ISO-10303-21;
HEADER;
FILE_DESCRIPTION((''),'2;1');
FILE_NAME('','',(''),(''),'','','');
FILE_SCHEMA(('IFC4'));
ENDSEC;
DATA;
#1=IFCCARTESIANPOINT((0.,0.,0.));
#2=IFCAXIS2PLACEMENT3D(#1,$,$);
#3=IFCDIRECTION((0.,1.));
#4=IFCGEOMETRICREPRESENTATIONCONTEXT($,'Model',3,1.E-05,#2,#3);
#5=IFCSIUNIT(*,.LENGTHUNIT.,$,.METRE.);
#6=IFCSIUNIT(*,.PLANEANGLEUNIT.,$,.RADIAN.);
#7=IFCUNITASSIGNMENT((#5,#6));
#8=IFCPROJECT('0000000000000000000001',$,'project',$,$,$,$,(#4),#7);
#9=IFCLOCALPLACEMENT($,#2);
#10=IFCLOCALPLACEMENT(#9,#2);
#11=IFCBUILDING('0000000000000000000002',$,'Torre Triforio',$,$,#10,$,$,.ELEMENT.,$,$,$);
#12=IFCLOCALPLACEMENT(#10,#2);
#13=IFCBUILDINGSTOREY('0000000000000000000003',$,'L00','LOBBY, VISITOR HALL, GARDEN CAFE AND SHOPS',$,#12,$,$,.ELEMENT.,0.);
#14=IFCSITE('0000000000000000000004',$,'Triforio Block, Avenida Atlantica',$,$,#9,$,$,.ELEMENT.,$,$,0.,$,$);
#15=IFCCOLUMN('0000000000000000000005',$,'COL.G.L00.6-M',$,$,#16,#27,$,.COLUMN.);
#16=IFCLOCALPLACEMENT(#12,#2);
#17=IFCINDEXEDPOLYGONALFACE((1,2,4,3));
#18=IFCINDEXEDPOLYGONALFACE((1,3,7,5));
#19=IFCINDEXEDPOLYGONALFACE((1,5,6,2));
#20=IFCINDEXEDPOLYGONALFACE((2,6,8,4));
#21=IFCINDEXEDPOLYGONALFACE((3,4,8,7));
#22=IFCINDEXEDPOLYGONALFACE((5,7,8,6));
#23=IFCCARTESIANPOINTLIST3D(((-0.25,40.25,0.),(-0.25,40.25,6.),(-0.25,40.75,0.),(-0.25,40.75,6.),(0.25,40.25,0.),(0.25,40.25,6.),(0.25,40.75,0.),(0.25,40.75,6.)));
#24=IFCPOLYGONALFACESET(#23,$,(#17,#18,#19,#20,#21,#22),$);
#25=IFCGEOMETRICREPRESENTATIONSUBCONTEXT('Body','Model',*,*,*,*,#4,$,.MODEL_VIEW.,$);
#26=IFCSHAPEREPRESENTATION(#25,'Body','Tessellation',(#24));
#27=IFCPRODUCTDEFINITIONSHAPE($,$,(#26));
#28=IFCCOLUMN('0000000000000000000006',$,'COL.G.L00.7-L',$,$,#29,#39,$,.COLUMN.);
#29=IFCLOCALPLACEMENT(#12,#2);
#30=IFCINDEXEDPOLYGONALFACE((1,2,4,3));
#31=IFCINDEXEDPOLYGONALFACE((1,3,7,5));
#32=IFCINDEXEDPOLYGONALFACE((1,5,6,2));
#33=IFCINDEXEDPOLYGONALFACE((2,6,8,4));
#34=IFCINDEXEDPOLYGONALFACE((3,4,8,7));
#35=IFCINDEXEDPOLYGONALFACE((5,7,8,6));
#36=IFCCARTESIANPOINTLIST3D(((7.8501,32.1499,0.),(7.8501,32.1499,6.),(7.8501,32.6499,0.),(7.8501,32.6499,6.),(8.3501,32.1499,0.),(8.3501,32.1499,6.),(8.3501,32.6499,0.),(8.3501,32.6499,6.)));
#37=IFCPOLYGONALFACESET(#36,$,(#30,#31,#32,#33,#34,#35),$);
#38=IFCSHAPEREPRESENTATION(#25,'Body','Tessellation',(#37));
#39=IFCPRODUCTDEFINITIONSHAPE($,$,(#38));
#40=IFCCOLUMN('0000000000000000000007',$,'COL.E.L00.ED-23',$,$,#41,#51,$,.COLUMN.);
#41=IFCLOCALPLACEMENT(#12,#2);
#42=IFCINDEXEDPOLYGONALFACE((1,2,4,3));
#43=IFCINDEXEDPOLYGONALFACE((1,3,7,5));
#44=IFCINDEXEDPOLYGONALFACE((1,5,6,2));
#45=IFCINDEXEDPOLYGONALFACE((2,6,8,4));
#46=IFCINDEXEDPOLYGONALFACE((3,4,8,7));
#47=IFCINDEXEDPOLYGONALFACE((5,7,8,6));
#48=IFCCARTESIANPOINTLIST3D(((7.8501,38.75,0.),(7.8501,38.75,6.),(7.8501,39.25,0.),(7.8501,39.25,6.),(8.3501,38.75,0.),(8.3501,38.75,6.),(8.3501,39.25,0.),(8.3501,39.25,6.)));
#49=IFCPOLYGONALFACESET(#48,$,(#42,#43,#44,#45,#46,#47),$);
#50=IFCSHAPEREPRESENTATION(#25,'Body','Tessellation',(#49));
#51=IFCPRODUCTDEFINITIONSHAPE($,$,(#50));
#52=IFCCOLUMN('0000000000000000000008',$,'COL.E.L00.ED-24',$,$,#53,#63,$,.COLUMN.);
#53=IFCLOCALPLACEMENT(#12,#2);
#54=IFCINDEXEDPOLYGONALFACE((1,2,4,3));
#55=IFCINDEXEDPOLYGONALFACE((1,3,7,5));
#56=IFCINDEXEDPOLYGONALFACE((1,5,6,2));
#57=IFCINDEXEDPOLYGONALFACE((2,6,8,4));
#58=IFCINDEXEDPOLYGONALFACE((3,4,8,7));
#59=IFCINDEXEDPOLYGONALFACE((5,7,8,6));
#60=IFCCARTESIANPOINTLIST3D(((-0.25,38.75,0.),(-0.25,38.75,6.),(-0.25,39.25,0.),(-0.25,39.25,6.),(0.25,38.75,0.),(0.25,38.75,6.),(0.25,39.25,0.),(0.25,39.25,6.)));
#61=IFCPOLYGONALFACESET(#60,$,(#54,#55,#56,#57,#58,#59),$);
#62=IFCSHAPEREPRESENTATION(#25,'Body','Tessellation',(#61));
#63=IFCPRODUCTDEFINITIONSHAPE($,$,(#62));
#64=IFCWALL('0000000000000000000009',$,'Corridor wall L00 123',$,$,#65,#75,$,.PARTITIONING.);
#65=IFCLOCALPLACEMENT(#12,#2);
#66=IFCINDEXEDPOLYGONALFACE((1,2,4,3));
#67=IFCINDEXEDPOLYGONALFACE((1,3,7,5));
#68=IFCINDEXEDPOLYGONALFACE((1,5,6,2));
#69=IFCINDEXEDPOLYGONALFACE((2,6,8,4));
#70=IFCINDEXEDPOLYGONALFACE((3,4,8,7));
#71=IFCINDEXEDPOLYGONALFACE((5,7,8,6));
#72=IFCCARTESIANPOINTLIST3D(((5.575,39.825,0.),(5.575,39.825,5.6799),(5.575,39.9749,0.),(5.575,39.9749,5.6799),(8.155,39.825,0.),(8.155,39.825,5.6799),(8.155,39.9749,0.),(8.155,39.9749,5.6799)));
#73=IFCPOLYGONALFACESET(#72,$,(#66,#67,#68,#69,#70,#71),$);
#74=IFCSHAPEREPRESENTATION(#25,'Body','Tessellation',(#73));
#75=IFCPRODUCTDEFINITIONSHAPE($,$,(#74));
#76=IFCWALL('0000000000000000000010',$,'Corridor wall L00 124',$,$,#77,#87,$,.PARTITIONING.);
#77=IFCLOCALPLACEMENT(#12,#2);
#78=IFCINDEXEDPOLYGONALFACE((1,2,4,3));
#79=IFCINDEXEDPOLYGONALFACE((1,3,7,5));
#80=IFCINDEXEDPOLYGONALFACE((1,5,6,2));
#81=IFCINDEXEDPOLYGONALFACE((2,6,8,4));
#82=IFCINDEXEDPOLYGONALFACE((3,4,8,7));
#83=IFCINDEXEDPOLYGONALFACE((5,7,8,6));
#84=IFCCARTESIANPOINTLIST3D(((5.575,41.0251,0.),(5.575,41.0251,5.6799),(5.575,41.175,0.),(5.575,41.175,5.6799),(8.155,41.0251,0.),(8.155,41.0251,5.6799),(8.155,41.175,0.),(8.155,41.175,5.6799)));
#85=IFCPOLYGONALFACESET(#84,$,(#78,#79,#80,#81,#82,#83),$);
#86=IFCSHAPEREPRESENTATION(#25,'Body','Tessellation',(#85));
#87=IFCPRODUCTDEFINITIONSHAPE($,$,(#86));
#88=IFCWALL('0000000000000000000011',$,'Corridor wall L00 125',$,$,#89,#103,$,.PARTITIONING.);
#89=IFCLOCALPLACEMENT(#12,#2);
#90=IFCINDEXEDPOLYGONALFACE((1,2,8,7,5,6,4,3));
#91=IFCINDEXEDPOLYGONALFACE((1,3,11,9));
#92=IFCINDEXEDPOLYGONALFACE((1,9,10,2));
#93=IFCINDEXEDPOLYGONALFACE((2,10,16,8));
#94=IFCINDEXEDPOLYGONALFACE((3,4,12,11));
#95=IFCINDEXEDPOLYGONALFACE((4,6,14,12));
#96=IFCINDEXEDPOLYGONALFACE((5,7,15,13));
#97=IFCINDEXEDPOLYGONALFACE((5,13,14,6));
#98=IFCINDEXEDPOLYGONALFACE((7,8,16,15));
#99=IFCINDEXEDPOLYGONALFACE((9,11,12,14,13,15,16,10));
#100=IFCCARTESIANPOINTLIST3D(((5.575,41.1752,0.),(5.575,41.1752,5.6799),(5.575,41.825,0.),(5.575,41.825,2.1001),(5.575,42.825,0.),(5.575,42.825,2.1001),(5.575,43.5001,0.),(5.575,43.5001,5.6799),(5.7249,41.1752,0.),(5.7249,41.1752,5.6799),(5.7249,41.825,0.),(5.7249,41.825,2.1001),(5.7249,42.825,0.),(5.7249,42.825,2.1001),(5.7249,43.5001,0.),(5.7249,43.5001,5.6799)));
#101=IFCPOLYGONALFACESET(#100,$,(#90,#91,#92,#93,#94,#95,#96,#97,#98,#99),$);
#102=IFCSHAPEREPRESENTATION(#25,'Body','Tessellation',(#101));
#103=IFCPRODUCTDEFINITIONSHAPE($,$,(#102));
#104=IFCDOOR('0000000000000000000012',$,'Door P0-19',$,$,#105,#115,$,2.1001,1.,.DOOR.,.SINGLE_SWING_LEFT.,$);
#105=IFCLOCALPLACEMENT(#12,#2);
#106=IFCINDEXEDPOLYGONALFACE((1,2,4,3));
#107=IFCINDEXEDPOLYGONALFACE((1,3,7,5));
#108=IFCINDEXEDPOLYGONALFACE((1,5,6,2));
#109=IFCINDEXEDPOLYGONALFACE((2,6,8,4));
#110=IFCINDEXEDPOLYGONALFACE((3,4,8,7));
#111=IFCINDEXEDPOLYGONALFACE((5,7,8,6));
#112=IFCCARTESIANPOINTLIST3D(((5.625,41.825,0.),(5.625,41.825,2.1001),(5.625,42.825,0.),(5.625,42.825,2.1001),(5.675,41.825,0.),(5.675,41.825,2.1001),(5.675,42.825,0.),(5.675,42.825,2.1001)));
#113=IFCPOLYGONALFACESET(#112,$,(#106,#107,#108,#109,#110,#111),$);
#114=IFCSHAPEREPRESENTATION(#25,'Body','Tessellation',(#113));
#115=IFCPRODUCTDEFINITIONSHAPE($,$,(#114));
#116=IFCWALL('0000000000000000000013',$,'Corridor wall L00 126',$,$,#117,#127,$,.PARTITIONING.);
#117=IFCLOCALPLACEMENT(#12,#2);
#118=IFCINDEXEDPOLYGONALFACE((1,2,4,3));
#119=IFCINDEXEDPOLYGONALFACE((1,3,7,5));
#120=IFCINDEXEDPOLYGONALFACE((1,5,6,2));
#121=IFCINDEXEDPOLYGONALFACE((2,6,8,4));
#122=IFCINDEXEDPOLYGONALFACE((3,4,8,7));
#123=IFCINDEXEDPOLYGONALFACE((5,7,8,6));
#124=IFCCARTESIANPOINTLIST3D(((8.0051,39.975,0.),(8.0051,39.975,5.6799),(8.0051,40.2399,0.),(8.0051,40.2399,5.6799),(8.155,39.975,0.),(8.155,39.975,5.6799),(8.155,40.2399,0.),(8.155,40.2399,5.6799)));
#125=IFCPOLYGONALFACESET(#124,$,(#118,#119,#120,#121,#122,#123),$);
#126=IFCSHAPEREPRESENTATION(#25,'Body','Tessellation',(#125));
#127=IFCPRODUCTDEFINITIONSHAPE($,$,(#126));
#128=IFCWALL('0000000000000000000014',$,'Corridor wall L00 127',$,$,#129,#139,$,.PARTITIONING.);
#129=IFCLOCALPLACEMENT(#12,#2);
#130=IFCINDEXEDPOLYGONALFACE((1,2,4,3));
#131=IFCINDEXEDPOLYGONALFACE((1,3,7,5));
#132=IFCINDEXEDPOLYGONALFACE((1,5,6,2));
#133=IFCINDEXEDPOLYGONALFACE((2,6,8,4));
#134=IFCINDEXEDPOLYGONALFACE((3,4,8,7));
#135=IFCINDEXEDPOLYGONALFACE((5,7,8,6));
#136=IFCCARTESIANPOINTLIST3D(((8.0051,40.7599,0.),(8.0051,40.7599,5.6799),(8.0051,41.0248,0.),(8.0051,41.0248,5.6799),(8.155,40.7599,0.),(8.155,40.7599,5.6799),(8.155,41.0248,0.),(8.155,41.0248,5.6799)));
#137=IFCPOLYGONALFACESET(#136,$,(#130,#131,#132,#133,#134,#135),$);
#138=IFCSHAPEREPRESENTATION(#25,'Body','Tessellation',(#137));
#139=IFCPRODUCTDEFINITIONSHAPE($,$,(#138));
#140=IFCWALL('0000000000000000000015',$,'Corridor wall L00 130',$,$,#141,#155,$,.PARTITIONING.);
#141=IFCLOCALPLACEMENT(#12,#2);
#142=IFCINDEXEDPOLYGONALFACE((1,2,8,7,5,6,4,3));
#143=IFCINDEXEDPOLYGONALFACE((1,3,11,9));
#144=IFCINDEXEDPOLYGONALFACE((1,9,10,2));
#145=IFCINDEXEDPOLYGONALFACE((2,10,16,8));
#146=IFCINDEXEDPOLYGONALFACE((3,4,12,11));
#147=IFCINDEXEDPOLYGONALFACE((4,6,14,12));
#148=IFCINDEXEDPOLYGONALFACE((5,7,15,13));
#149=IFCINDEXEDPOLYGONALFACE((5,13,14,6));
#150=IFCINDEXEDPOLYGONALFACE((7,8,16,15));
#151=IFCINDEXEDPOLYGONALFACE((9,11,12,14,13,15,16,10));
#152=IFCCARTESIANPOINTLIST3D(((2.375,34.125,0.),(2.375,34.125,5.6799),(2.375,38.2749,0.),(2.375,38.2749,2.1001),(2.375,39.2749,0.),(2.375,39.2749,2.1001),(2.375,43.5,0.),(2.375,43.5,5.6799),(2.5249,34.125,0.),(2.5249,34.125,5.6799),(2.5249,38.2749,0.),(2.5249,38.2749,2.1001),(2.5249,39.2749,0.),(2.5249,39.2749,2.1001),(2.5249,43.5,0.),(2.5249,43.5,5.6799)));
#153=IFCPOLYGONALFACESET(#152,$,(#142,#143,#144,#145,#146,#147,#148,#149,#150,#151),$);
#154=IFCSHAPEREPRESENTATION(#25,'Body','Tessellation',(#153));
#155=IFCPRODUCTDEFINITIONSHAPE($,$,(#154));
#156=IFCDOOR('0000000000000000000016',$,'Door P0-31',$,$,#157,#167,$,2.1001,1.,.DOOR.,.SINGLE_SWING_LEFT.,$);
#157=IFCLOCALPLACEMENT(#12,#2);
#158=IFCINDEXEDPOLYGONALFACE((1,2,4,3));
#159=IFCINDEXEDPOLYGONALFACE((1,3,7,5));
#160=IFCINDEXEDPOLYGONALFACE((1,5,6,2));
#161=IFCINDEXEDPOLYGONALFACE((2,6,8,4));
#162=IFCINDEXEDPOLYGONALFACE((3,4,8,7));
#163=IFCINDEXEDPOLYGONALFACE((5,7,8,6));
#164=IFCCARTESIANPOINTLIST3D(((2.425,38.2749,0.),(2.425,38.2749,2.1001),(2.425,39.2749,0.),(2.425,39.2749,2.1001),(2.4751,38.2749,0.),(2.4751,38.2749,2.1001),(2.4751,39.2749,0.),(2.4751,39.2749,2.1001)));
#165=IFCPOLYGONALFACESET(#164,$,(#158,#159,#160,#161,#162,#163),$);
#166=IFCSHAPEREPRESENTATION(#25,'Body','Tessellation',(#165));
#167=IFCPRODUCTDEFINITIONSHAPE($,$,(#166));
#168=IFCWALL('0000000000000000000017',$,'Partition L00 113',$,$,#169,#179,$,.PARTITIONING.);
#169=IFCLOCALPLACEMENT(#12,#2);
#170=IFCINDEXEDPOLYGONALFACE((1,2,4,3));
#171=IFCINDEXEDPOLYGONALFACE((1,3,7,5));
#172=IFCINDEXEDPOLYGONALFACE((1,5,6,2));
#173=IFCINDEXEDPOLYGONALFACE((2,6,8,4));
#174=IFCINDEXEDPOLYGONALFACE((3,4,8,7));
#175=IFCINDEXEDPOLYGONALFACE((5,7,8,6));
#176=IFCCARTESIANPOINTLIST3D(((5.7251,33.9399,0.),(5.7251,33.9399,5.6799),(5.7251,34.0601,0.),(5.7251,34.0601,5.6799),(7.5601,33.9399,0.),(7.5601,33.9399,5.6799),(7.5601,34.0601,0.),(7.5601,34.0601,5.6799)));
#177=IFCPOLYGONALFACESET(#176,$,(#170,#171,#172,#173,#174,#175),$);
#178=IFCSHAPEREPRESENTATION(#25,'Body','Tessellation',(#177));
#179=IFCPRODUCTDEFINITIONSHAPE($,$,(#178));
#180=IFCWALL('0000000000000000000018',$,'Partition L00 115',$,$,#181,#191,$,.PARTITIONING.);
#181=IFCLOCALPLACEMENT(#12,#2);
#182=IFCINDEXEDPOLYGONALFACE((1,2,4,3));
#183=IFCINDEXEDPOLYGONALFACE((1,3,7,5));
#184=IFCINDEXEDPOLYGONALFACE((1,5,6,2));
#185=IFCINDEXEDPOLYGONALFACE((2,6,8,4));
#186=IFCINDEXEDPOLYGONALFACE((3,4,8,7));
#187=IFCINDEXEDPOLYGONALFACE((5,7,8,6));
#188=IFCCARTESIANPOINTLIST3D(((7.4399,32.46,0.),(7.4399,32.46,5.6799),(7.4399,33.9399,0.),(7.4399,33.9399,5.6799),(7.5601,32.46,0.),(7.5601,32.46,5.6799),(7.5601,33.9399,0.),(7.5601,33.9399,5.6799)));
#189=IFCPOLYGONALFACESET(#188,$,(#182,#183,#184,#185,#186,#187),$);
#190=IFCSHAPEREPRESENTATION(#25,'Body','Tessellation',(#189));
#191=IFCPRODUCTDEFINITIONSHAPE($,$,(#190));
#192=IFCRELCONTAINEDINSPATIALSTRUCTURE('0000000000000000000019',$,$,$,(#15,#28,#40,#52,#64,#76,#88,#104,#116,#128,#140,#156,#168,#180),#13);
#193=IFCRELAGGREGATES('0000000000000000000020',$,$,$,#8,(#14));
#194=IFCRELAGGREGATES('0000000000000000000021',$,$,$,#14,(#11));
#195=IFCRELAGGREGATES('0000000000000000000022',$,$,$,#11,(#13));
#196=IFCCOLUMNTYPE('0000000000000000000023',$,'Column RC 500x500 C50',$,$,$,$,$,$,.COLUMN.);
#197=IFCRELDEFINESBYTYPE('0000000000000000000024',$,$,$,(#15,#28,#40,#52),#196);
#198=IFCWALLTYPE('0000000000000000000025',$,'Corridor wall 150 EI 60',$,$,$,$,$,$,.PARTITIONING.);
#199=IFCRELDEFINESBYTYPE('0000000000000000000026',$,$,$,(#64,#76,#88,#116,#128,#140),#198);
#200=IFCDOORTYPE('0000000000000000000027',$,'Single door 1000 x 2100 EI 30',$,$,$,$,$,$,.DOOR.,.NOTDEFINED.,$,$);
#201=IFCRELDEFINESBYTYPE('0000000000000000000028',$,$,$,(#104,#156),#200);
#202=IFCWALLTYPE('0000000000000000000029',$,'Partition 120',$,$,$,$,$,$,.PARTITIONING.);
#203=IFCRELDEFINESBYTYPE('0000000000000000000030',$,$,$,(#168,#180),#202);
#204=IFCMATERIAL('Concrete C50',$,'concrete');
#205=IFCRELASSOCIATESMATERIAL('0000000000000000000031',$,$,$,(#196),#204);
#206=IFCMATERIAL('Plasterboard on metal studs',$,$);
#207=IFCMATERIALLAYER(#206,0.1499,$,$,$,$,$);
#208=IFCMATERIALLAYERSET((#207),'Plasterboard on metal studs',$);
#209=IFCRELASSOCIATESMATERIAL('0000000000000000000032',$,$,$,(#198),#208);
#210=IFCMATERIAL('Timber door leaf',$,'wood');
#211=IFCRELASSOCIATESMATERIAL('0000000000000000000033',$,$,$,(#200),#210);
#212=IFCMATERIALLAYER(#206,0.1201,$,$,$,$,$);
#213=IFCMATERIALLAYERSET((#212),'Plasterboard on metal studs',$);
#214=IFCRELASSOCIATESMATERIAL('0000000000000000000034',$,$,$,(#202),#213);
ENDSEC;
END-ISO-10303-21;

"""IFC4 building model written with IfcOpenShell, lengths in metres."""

from ifc_helpers import new_model, si_unit, direction, frame, frame_2d, origin, origin_2d, place, context, subcontext, project, spatial, rectangle, extrude, material, layer, layer_set, material_profile, profile_set, type_object, element, fill, save


model = new_model("IFC4")

# Units and contexts
model_context = context("Model", 3, precision=1e-05, world=origin(), true_north=direction((0.0, 1.0)))
body_context = subcontext(model_context, "Body", "Model", "MODEL_VIEW")
ifc_project = project(units=[si_unit("LENGTHUNIT", "METRE"), si_unit("PLANEANGLEUNIT", "RADIAN")], contexts=[model_context])

# Site, building, storey
site_placement = place(None, origin())
site = spatial("IfcSite", under=ifc_project, at=site_placement, Name="Triforio Block, Avenida Atlantica", CompositionType="ELEMENT", RefElevation=0.0)
building_placement = place(site_placement, origin())
building = spatial("IfcBuilding", under=site, at=building_placement, Name="Torre Triforio", CompositionType="ELEMENT")
storey_placement = place(building_placement, origin())
storey = spatial("IfcBuildingStorey", under=building, at=storey_placement, Name="L00", Description="LOBBY, VISITOR HALL, GARDEN CAFE AND SHOPS", CompositionType="ELEMENT", Elevation=0.0)

# Columns
ifc_material_1 = material(Name="Concrete C50", Category="concrete")
ifc_material_profile = material_profile(ifc_material_1, rectangle(XDim=0.5, YDim=0.5, at=origin_2d()), Name="RC 500x500")
ifc_profile_set = profile_set([ifc_material_profile], Name="Concrete C50")
column_type = type_object("IfcColumnType", Name="Column RC 500x500 C50", PredefinedType="COLUMN", material=ifc_profile_set)
for number, where, z_axis, x_axis, name in (
    (1, (0.0, 40.5, 0.0), (0.0, 0.0, 1.0), (1.0, 0.0, 0.0), "COL.G.L00.6-M"),
    (2, (8.1001, 32.3999, 0.0), (0.0, 0.0, 1.0), (1.0, 0.0, 0.0), "COL.G.L00.7-L"),
    (3, (8.1001, 39.0, 0.0), (0.0, 0.0, 1.0), (1.0, 0.0, 0.0), "COL.E.L00.ED-23"),
    (4, (0.0, 39.0, 0.0), (0.0, 0.0, 1.0), (1.0, 0.0, 0.0), "COL.E.L00.ED-24"),
):
    element("IfcColumn", number, at=place(storey_placement, frame(where, z_axis=z_axis, x_axis=x_axis)), inside=storey, type_object=column_type, Name=name, PredefinedType="COLUMN", context=body_context, shape_type="SweptSolid", body=[
        extrude(rectangle(XDim=0.5, YDim=0.5, at=origin_2d()), origin(), (0.0, 0.0, 1.0), 6.0),
    ])

# Walls
ifc_material_2 = material(Name="Plasterboard on metal studs")
ifc_layer_1 = layer(ifc_material_2, 0.1499)
ifc_layer_set_1 = layer_set([ifc_layer_1], Name="Plasterboard on metal studs")
wall_type_1 = type_object("IfcWallType", Name="Corridor wall 150 EI 60", PredefinedType="PARTITIONING", material=ifc_layer_set_1)
for number, where, z_axis, x_axis, name in (
    (5, (5.575, 39.8999, 0.0), (0.0, 0.0, 1.0), (1.0, 0.0, 0.0), "Corridor wall L00 123"),
    (6, (5.575, 41.1001, 0.0), (0.0, 0.0, 1.0), (1.0, 0.0, 0.0), "Corridor wall L00 124"),
):
    element("IfcWall", number, at=place(storey_placement, frame(where, z_axis=z_axis, x_axis=x_axis)), inside=storey, type_object=wall_type_1, Name=name, PredefinedType="PARTITIONING", context=body_context, shape_type="SweptSolid", body=[
        extrude(rectangle(XDim=2.5801, YDim=0.1499, at=frame_2d((1.29, 0.0))), origin(), (0.0, 0.0, 1.0), 5.6799),
    ])

# Wall, opening, door
wall_1_placement = place(storey_placement, frame((5.6499, 41.175, 0.0), z_axis=(0.0, 0.0, 1.0), x_axis=(0.0, 1.0, 0.0)))
wall_1 = element("IfcWall", 7, at=wall_1_placement, inside=storey, type_object=wall_type_1, Name="Corridor wall L00 125", PredefinedType="PARTITIONING", context=body_context, shape_type="SweptSolid", body=[
    extrude(rectangle(XDim=2.325, YDim=0.1499, at=frame_2d((1.1626, 0.0))), origin(), (0.0, 0.0, 1.0), 5.6799),
])
opening_1_placement = place(wall_1_placement, frame((0.6499, 0.0, 0.0)))
opening_1 = element("IfcOpeningElement", 8, at=opening_1_placement, cuts=wall_1, PredefinedType="OPENING", context=body_context, shape_type="SweptSolid", body=[
    extrude(rectangle(XDim=1.0, YDim=2.1001, at=frame_2d((0.5, 1.05))), frame((0.0, 0.085, 0.0), z_axis=(0.0, -1.0, 0.0), x_axis=(1.0, 0.0, 0.0)), (0.0, 0.0, 1.0), 0.1699),
])
ifc_material_3 = material(Name="Timber door leaf", Category="wood")
door_type_1 = type_object("IfcDoorType", Name="Single door 1000 x 2100 EI 30", OperationType="NOTDEFINED", PredefinedType="DOOR", material=ifc_material_3)
door_1_placement = place(opening_1_placement, origin())
door_1 = element("IfcDoor", 9, at=door_1_placement, inside=storey, type_object=door_type_1, Name="Door P0-19", OperationType="SINGLE_SWING_LEFT", OverallHeight=2.1001, OverallWidth=1.0, PredefinedType="DOOR", context=body_context, shape_type="SweptSolid", body=[
    extrude(rectangle(XDim=1.0, YDim=2.1001, at=frame_2d((0.5, 1.05))), frame((0.0, 0.0249, 0.0), z_axis=(0.0, -1.0, 0.0), x_axis=(1.0, 0.0, 0.0)), (0.0, 0.0, 1.0), 0.05),
])
fill(opening_1, door_1)

# Walls
for number, where, z_axis, x_axis, name in (
    (10, (8.0801, 39.9751, 0.0), (0.0, 0.0, 1.0), (0.0, 1.0, 0.0), "Corridor wall L00 126"),
    (11, (8.0801, 40.76, 0.0), (0.0, 0.0, 1.0), (0.0, 1.0, 0.0), "Corridor wall L00 127"),
):
    element("IfcWall", number, at=place(storey_placement, frame(where, z_axis=z_axis, x_axis=x_axis)), inside=storey, type_object=wall_type_1, Name=name, PredefinedType="PARTITIONING", context=body_context, shape_type="SweptSolid", body=[
        extrude(rectangle(XDim=0.2649, YDim=0.1499, at=frame_2d((0.1323, 0.0))), origin(), (0.0, 0.0, 1.0), 5.6799),
    ])

# Wall, opening, door
wall_2_placement = place(storey_placement, frame((2.45, 34.125, 0.0), z_axis=(0.0, 0.0, 1.0), x_axis=(0.0, 1.0, 0.0)))
wall_2 = element("IfcWall", 12, at=wall_2_placement, inside=storey, type_object=wall_type_1, Name="Corridor wall L00 130", PredefinedType="PARTITIONING", context=body_context, shape_type="SweptSolid", body=[
    extrude(rectangle(XDim=9.375, YDim=0.1499, at=frame_2d((4.6875, 0.0))), origin(), (0.0, 0.0, 1.0), 5.6799),
])
opening_2_placement = place(wall_2_placement, frame((4.1499, 0.0, 0.0)))
opening_2 = element("IfcOpeningElement", 13, at=opening_2_placement, cuts=wall_2, PredefinedType="OPENING", context=body_context, shape_type="SweptSolid", body=[
    extrude(rectangle(XDim=1.0, YDim=2.1001, at=frame_2d((0.5, 1.05))), frame((0.0, 0.085, 0.0), z_axis=(0.0, -1.0, 0.0), x_axis=(1.0, 0.0, 0.0)), (0.0, 0.0, 1.0), 0.1699),
])
door_2_placement = place(opening_2_placement, origin())
door_2 = element("IfcDoor", 14, at=door_2_placement, inside=storey, type_object=door_type_1, Name="Door P0-31", OperationType="SINGLE_SWING_LEFT", OverallHeight=2.1001, OverallWidth=1.0, PredefinedType="DOOR", context=body_context, shape_type="SweptSolid", body=[
    extrude(rectangle(XDim=1.0, YDim=2.1001, at=frame_2d((0.5, 1.05))), frame((0.0, 0.0249, 0.0), z_axis=(0.0, -1.0, 0.0), x_axis=(1.0, 0.0, 0.0)), (0.0, 0.0, 1.0), 0.05),
])
fill(opening_2, door_2)

# Walls
ifc_layer_2 = layer(ifc_material_2, 0.1201)
ifc_layer_set_2 = layer_set([ifc_layer_2], Name="Plasterboard on metal studs")
wall_type_2 = type_object("IfcWallType", Name="Partition 120", PredefinedType="PARTITIONING", material=ifc_layer_set_2)
wall_3_placement = place(storey_placement, frame((5.7251, 34.0, 0.0), z_axis=(0.0, 0.0, 1.0), x_axis=(1.0, 0.0, 0.0)))
element("IfcWall", 15, at=wall_3_placement, inside=storey, type_object=wall_type_2, Name="Partition L00 113", PredefinedType="PARTITIONING", context=body_context, shape_type="SweptSolid", body=[
    extrude(rectangle(XDim=1.835, YDim=0.1201, at=frame_2d((0.9175, 0.0))), origin(), (0.0, 0.0, 1.0), 5.6799),
])
wall_4_placement = place(storey_placement, frame((7.5, 32.46, 0.0), z_axis=(0.0, 0.0, 1.0), x_axis=(0.0, 1.0, 0.0)))
element("IfcWall", 16, at=wall_4_placement, inside=storey, type_object=wall_type_2, Name="Partition L00 115", PredefinedType="PARTITIONING", context=body_context, shape_type="SweptSolid", body=[
    extrude(rectangle(XDim=1.48, YDim=0.1201, at=frame_2d((0.74, 0.0))), origin(), (0.0, 0.0, 1.0), 5.6799),
])

save(model, "model.ifc")
